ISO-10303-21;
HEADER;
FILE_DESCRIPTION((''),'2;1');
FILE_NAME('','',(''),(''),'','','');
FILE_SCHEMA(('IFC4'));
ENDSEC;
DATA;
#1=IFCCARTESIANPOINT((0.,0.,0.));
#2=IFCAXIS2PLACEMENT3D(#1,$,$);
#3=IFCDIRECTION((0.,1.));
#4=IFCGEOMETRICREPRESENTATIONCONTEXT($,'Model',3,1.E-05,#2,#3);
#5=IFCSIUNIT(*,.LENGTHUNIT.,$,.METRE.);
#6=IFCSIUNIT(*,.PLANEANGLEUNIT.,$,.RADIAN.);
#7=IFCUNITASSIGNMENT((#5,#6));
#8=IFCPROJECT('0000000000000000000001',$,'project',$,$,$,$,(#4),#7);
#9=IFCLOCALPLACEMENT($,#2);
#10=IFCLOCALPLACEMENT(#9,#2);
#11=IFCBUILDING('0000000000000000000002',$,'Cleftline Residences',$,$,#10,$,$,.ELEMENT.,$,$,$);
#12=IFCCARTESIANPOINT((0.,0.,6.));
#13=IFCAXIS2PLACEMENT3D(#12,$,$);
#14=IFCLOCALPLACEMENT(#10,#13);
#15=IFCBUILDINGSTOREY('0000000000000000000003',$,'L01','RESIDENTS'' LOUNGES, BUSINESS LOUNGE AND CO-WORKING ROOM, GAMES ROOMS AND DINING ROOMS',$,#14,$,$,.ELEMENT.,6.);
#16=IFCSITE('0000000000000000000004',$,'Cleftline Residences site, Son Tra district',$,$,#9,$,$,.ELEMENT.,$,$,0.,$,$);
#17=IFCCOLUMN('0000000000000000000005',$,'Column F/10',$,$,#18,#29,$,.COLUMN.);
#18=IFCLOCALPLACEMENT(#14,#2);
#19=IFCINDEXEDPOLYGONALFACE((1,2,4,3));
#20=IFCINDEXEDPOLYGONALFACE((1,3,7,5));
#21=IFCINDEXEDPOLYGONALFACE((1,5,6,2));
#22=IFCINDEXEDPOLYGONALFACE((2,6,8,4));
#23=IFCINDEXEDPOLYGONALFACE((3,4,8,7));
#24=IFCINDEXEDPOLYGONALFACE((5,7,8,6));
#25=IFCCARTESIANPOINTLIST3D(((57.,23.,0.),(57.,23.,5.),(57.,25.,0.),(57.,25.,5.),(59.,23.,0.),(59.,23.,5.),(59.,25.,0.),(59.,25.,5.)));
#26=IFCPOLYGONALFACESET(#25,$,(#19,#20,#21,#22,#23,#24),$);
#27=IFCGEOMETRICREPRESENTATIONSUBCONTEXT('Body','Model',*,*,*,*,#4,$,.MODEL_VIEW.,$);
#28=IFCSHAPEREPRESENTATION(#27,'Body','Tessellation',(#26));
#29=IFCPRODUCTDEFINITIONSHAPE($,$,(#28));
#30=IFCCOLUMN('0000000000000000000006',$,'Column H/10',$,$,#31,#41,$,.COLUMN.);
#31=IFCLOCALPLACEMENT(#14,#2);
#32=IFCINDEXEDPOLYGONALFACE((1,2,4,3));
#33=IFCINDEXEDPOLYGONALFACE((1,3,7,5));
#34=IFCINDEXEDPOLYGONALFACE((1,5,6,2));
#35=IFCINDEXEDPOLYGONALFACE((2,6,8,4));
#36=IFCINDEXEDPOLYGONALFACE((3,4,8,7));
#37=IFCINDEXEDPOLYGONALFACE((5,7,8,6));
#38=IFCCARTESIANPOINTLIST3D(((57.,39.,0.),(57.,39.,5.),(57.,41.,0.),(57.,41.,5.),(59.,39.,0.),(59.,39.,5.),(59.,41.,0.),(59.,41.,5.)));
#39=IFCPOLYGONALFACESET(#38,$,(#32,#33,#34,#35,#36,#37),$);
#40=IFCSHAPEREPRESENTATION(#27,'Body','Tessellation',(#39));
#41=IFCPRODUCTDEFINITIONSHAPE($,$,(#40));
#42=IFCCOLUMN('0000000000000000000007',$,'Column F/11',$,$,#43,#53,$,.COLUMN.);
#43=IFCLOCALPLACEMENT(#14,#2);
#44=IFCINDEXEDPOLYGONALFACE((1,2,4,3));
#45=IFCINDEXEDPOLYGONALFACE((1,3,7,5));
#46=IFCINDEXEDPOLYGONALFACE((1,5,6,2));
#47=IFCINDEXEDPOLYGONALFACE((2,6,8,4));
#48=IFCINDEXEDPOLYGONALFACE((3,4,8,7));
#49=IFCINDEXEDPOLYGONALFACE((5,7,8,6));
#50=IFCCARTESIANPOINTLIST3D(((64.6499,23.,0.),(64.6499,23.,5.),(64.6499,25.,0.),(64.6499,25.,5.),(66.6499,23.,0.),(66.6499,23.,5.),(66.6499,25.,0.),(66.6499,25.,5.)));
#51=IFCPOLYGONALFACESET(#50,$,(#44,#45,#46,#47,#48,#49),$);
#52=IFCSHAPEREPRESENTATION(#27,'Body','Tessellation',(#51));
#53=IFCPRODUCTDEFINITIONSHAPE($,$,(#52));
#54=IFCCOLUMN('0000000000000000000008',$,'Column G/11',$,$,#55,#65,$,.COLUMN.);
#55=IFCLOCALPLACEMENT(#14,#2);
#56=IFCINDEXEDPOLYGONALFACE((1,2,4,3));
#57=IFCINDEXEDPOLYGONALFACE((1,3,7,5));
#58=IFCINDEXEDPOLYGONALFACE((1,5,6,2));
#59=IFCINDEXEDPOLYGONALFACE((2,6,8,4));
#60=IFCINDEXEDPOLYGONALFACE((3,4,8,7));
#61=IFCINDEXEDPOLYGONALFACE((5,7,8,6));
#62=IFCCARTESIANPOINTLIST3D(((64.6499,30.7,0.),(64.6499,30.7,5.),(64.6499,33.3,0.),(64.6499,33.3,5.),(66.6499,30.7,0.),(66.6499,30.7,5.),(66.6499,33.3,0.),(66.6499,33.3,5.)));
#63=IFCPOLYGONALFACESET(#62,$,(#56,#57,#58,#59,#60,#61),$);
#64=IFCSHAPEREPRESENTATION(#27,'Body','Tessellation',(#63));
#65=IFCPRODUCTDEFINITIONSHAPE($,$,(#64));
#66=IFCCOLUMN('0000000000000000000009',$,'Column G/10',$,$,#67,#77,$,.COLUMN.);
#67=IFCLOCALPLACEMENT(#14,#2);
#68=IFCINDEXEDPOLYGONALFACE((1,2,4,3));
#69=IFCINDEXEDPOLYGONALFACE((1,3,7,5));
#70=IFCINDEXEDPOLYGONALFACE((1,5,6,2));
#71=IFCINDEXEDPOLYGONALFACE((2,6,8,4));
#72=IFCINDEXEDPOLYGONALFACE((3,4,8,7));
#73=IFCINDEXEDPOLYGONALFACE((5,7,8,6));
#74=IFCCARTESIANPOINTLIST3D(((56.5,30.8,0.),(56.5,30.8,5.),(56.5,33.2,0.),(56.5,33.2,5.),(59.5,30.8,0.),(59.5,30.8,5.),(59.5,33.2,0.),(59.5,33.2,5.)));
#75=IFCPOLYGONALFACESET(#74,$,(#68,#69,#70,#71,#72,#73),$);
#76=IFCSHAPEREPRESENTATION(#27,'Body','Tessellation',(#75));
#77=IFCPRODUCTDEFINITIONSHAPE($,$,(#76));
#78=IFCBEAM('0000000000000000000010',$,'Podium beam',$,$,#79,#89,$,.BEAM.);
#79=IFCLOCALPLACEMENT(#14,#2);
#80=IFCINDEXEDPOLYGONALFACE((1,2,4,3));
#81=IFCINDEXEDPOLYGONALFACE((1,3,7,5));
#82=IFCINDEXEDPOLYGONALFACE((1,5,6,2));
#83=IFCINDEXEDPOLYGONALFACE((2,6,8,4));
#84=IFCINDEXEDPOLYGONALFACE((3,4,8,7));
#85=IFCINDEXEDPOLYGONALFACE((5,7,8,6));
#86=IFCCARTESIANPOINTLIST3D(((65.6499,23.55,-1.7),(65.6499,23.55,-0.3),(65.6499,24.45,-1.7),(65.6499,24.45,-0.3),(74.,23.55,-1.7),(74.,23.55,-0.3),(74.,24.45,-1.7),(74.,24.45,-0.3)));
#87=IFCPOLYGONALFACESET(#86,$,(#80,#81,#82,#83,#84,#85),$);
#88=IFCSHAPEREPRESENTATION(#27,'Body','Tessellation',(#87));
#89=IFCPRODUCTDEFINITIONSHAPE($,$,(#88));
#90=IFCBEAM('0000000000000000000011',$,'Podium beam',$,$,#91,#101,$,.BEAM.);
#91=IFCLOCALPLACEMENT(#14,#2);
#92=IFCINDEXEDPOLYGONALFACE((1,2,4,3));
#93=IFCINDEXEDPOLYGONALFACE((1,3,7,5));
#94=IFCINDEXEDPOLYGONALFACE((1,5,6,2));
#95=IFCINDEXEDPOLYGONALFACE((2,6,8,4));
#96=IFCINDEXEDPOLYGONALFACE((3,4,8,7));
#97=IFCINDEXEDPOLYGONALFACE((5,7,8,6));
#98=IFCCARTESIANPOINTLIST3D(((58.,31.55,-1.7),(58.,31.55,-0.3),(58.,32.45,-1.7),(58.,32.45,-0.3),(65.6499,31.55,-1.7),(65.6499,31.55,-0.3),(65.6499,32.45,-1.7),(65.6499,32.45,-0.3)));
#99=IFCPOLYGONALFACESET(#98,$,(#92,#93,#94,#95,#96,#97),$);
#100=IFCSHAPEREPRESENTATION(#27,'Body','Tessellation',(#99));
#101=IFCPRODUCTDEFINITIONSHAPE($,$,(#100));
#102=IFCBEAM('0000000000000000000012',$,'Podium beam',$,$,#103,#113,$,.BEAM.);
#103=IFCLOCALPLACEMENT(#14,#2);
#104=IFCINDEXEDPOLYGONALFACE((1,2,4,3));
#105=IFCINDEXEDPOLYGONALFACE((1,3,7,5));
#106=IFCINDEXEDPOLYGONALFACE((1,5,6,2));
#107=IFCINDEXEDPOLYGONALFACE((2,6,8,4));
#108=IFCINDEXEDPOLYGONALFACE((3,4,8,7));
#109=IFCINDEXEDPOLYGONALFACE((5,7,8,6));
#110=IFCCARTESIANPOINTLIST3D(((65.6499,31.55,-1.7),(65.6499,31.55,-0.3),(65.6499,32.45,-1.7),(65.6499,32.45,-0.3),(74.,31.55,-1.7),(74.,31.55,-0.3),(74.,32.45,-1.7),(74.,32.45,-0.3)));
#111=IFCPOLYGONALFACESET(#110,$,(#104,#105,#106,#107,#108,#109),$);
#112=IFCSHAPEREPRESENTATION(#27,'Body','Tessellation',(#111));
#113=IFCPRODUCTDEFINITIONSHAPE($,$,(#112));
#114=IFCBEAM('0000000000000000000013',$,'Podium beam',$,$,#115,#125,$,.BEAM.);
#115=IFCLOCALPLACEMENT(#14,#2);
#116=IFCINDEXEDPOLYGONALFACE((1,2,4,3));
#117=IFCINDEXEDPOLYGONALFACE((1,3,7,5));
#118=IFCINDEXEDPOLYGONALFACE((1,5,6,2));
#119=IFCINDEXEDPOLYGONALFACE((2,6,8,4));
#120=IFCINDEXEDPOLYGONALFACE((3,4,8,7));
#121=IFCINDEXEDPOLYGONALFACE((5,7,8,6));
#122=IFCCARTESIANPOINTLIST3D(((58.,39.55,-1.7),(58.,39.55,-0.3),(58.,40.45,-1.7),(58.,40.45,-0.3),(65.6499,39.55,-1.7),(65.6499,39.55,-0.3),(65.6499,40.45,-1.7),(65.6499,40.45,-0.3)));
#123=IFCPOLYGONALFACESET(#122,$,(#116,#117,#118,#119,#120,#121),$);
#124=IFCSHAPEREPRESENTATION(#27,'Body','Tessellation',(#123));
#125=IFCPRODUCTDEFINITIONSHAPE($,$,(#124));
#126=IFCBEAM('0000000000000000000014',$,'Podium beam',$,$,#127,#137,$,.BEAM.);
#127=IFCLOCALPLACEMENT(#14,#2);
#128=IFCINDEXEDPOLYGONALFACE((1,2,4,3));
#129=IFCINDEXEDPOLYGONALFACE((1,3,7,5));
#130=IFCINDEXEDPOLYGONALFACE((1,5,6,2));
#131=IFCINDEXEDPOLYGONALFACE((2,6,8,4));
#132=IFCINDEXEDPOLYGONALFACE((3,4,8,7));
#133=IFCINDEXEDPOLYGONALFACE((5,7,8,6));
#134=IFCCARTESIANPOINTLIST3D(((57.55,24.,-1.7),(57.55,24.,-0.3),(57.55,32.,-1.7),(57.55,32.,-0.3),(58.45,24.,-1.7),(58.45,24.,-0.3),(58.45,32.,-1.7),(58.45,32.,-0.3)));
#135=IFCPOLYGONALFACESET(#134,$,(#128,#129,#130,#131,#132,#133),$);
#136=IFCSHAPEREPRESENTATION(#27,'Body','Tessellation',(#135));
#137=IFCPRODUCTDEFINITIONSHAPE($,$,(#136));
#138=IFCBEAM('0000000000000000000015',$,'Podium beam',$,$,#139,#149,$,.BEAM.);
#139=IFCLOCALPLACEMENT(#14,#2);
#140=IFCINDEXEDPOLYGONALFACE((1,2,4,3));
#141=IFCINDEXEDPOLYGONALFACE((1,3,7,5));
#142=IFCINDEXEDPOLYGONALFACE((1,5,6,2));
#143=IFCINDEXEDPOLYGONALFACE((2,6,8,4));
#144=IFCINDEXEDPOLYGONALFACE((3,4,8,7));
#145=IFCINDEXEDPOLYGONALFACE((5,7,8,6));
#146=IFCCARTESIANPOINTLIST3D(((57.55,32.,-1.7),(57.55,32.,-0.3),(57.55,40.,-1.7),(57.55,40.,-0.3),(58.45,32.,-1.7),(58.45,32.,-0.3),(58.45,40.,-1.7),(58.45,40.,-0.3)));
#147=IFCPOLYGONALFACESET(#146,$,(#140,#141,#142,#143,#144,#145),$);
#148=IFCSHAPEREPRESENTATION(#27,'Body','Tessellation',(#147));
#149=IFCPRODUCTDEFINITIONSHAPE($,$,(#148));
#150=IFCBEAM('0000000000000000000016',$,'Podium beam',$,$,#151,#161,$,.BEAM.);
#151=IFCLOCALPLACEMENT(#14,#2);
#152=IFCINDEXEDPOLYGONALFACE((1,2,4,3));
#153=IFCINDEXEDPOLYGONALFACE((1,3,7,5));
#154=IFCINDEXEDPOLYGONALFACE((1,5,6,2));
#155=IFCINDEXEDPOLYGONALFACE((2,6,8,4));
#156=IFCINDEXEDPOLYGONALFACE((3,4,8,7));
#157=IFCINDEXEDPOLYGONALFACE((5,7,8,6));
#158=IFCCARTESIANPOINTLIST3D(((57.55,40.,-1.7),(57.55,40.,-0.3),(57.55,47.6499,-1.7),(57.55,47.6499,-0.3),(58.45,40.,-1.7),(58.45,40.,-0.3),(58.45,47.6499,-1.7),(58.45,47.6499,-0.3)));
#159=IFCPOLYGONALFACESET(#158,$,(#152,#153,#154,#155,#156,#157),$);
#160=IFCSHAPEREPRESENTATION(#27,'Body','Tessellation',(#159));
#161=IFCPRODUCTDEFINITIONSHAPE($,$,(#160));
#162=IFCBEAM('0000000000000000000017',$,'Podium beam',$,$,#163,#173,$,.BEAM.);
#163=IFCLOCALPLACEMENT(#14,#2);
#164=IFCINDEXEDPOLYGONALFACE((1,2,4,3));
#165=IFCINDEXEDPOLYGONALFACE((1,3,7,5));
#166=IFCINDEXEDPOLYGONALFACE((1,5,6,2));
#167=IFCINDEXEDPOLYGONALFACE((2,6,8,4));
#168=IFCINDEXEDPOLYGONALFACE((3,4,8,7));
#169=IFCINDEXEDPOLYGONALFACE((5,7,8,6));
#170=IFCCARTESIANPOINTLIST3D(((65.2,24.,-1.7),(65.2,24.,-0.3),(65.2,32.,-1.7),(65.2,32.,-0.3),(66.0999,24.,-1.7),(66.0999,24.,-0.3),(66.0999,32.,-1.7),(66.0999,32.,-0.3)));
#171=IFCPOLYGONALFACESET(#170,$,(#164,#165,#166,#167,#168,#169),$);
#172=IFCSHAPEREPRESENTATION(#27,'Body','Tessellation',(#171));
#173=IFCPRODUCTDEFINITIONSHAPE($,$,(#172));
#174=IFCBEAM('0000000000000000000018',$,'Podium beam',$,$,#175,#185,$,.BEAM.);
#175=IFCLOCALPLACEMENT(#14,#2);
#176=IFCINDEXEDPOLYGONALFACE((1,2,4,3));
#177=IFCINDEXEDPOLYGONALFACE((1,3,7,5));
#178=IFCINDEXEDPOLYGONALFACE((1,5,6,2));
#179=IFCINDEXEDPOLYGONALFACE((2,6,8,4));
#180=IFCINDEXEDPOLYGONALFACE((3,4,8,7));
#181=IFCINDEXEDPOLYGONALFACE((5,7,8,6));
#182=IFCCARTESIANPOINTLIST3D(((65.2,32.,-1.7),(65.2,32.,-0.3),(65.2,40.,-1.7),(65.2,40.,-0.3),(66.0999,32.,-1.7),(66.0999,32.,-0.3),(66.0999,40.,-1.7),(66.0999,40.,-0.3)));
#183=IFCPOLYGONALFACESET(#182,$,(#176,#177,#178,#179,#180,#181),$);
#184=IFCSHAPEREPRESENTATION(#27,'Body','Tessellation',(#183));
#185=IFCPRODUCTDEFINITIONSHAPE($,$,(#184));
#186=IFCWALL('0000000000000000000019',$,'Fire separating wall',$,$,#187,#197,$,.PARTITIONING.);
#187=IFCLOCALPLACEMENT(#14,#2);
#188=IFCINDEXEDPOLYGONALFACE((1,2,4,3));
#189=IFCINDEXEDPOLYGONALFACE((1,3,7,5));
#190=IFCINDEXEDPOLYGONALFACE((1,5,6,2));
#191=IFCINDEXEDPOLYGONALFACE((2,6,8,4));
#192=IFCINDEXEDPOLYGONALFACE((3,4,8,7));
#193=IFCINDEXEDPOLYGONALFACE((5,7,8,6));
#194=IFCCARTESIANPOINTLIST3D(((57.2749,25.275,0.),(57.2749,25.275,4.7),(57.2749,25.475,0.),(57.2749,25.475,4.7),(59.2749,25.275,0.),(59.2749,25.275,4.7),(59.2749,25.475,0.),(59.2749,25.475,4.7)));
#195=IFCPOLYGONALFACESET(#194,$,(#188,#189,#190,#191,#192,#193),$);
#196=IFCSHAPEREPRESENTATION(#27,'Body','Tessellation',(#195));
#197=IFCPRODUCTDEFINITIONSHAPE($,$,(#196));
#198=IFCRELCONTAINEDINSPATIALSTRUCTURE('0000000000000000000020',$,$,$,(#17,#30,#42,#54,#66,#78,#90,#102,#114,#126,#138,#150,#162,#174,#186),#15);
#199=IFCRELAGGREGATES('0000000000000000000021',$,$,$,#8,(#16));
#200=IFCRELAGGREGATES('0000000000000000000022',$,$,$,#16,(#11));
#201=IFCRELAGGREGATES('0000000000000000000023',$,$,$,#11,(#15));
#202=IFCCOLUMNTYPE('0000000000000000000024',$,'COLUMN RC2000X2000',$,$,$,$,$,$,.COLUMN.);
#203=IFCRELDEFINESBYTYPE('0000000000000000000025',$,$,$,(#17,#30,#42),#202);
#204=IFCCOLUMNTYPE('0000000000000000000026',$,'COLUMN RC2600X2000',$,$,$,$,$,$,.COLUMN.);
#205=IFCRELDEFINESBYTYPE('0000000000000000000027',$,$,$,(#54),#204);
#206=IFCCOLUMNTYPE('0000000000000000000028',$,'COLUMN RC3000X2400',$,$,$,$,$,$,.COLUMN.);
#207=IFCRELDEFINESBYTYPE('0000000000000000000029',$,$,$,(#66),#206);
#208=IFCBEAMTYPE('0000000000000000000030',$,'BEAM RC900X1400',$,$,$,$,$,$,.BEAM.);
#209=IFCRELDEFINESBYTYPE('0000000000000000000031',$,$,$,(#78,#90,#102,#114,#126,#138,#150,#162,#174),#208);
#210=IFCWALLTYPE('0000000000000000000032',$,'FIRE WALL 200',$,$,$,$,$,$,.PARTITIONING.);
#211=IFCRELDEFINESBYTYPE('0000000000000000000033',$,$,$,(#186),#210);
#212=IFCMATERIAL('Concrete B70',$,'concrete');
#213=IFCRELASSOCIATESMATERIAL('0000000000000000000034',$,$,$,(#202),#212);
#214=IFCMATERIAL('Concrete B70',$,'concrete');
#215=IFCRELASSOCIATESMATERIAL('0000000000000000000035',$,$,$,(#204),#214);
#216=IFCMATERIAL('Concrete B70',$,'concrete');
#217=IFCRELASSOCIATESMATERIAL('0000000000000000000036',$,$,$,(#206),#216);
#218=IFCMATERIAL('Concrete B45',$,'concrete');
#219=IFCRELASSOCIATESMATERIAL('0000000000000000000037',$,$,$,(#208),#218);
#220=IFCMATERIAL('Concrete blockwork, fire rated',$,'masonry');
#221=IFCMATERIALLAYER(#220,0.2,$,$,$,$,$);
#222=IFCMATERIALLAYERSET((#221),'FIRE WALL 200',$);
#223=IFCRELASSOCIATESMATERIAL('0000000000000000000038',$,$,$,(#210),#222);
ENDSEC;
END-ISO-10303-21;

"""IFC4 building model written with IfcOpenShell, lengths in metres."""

from ifc_helpers import new_model, si_unit, direction, frame, frame_2d, origin, origin_2d, place, context, subcontext, project, spatial, rectangle, extrude, material, layer, layer_set, material_profile, profile_set, type_object, element, save


model = new_model("IFC4")

# Units and contexts
model_context = context("Model", 3, precision=1e-05, world=origin(), true_north=direction((0.0, 1.0)))
body_context = subcontext(model_context, "Body", "Model", "MODEL_VIEW")
ifc_project = project(units=[si_unit("LENGTHUNIT", "METRE"), si_unit("PLANEANGLEUNIT", "RADIAN")], contexts=[model_context])

# Site, building, storey
site_placement = place(None, origin())
site = spatial("IfcSite", under=ifc_project, at=site_placement, Name="Cleftline Residences site, Son Tra district", CompositionType="ELEMENT", RefElevation=0.0)
building_placement = place(site_placement, origin())
building = spatial("IfcBuilding", under=site, at=building_placement, Name="Cleftline Residences", CompositionType="ELEMENT")
storey_placement = place(building_placement, frame((0.0, 0.0, 6.0)))
storey = spatial("IfcBuildingStorey", under=building, at=storey_placement, Name="L01", Description="RESIDENTS' LOUNGES, BUSINESS LOUNGE AND CO-WORKING ROOM, GAMES ROOMS AND DINING ROOMS", CompositionType="ELEMENT", Elevation=6.0)

# Columns
ifc_material_1 = material(Name="Concrete B70", Category="concrete")
ifc_material_profile_1 = material_profile(ifc_material_1, rectangle(XDim=2.0, YDim=2.0, at=origin_2d()))
ifc_profile_set_1 = profile_set([ifc_material_profile_1], Name="Concrete B70")
column_type_1 = type_object("IfcColumnType", Name="COLUMN RC2000X2000", PredefinedType="COLUMN", material=ifc_profile_set_1)
for number, where, z_axis, x_axis, name in (
    (1, (58.0, 24.0, 0.0), (0.0, 0.0, 1.0), (1.0, 0.0, 0.0), "Column F/10"),
    (2, (58.0, 40.0, 0.0), (0.0, 0.0, 1.0), (1.0, 0.0, 0.0), "Column H/10"),
    (3, (65.6499, 24.0, 0.0), (0.0, 0.0, 1.0), (1.0, 0.0, 0.0), "Column F/11"),
):
    element("IfcColumn", number, at=place(storey_placement, frame(where, z_axis=z_axis, x_axis=x_axis)), inside=storey, type_object=column_type_1, Name=name, PredefinedType="COLUMN", context=body_context, shape_type="SweptSolid", body=[
        extrude(rectangle(XDim=2.0, YDim=2.0, at=origin_2d()), origin(), (0.0, 0.0, 1.0), 5.0),
    ])
ifc_material_2 = material(Name="Concrete B70", Category="concrete")
ifc_material_profile_2 = material_profile(ifc_material_2, rectangle(XDim=2.6001, YDim=2.0, at=origin_2d()))
ifc_profile_set_2 = profile_set([ifc_material_profile_2], Name="Concrete B70")
column_type_2 = type_object("IfcColumnType", Name="COLUMN RC2600X2000", PredefinedType="COLUMN", material=ifc_profile_set_2)
column_1_placement = place(storey_placement, frame((65.6499, 32.0, 0.0), z_axis=(0.0, 0.0, 1.0), x_axis=(0.0, 1.0, 0.0)))
element("IfcColumn", 4, at=column_1_placement, inside=storey, type_object=column_type_2, Name="Column G/11", PredefinedType="COLUMN", context=body_context, shape_type="SweptSolid", body=[
    extrude(rectangle(XDim=2.6001, YDim=2.0, at=origin_2d()), origin(), (0.0, 0.0, 1.0), 5.0),
])
ifc_material_3 = material(Name="Concrete B70", Category="concrete")
ifc_material_profile_3 = material_profile(ifc_material_3, rectangle(XDim=3.0, YDim=2.3999, at=origin_2d()))
ifc_profile_set_3 = profile_set([ifc_material_profile_3], Name="Concrete B70")
column_type_3 = type_object("IfcColumnType", Name="COLUMN RC3000X2400", PredefinedType="COLUMN", material=ifc_profile_set_3)
column_2_placement = place(storey_placement, frame((58.0, 32.0, 0.0), z_axis=(0.0, 0.0, 1.0), x_axis=(1.0, 0.0, 0.0)))
element("IfcColumn", 5, at=column_2_placement, inside=storey, type_object=column_type_3, Name="Column G/10", PredefinedType="COLUMN", context=body_context, shape_type="SweptSolid", body=[
    extrude(rectangle(XDim=3.0, YDim=2.3999, at=origin_2d()), origin(), (0.0, 0.0, 1.0), 5.0),
])

# Beams
ifc_material_4 = material(Name="Concrete B45", Category="concrete")
ifc_material_profile_4 = material_profile(ifc_material_4, rectangle(XDim=0.8999, YDim=1.3999, at=origin_2d()))
ifc_profile_set_4 = profile_set([ifc_material_profile_4], Name="Concrete B45")
beam_type = type_object("IfcBeamType", Name="BEAM RC900X1400", PredefinedType="BEAM", material=ifc_profile_set_4)
beam_1_placement = place(storey_placement, frame((65.6499, 24.0, -1.0), z_axis=(1.0, 0.0, 0.0), x_axis=(0.0, 1.0, 0.0)))
element("IfcBeam", 6, at=beam_1_placement, inside=storey, type_object=beam_type, Name="Podium beam", PredefinedType="BEAM", context=body_context, shape_type="SweptSolid", body=[
    extrude(rectangle(XDim=0.8999, YDim=1.3999, at=origin_2d()), origin(), (0.0, 0.0, 1.0), 8.3501),
])
beam_2_placement = place(storey_placement, frame((58.0, 32.0, -1.0), z_axis=(1.0, 0.0, 0.0), x_axis=(0.0, 1.0, 0.0)))
element("IfcBeam", 7, at=beam_2_placement, inside=storey, type_object=beam_type, Name="Podium beam", PredefinedType="BEAM", context=body_context, shape_type="SweptSolid", body=[
    extrude(rectangle(XDim=0.8999, YDim=1.3999, at=origin_2d()), origin(), (0.0, 0.0, 1.0), 7.6499),
])
beam_3_placement = place(storey_placement, frame((65.6499, 32.0, -1.0), z_axis=(1.0, 0.0, 0.0), x_axis=(0.0, 1.0, 0.0)))
element("IfcBeam", 8, at=beam_3_placement, inside=storey, type_object=beam_type, Name="Podium beam", PredefinedType="BEAM", context=body_context, shape_type="SweptSolid", body=[
    extrude(rectangle(XDim=0.8999, YDim=1.3999, at=origin_2d()), origin(), (0.0, 0.0, 1.0), 8.3501),
])
beam_4_placement = place(storey_placement, frame((58.0, 40.0, -1.0), z_axis=(1.0, 0.0, 0.0), x_axis=(0.0, 1.0, 0.0)))
element("IfcBeam", 9, at=beam_4_placement, inside=storey, type_object=beam_type, Name="Podium beam", PredefinedType="BEAM", context=body_context, shape_type="SweptSolid", body=[
    extrude(rectangle(XDim=0.8999, YDim=1.3999, at=origin_2d()), origin(), (0.0, 0.0, 1.0), 7.6499),
])
for number, where, z_axis, x_axis, name in (
    (10, (58.0, 24.0, -1.0), (0.0, 1.0, 0.0), (-1.0, 0.0, 0.0), "Podium beam"),
    (11, (58.0, 32.0, -1.0), (0.0, 1.0, 0.0), (-1.0, 0.0, 0.0), "Podium beam"),
):
    element("IfcBeam", number, at=place(storey_placement, frame(where, z_axis=z_axis, x_axis=x_axis)), inside=storey, type_object=beam_type, Name=name, PredefinedType="BEAM", context=body_context, shape_type="SweptSolid", body=[
        extrude(rectangle(XDim=0.8999, YDim=1.3999, at=origin_2d()), origin(), (0.0, 0.0, 1.0), 8.0),
    ])
beam_5_placement = place(storey_placement, frame((58.0, 40.0, -1.0), z_axis=(0.0, 1.0, 0.0), x_axis=(-1.0, 0.0, 0.0)))
element("IfcBeam", 12, at=beam_5_placement, inside=storey, type_object=beam_type, Name="Podium beam", PredefinedType="BEAM", context=body_context, shape_type="SweptSolid", body=[
    extrude(rectangle(XDim=0.8999, YDim=1.3999, at=origin_2d()), origin(), (0.0, 0.0, 1.0), 7.6499),
])
for number, where, z_axis, x_axis, name in (
    (13, (65.6499, 24.0, -1.0), (0.0, 1.0, 0.0), (-1.0, 0.0, 0.0), "Podium beam"),
    (14, (65.6499, 32.0, -1.0), (0.0, 1.0, 0.0), (-1.0, 0.0, 0.0), "Podium beam"),
):
    element("IfcBeam", number, at=place(storey_placement, frame(where, z_axis=z_axis, x_axis=x_axis)), inside=storey, type_object=beam_type, Name=name, PredefinedType="BEAM", context=body_context, shape_type="SweptSolid", body=[
        extrude(rectangle(XDim=0.8999, YDim=1.3999, at=origin_2d()), origin(), (0.0, 0.0, 1.0), 8.0),
    ])

# Wall
ifc_material_5 = material(Name="Concrete blockwork, fire rated", Category="masonry")
ifc_layer_1 = layer(ifc_material_5, 0.2)
ifc_layer_set_1 = layer_set([ifc_layer_1], Name="FIRE WALL 200")
wall_type_1 = type_object("IfcWallType", Name="FIRE WALL 200", PredefinedType="PARTITIONING", material=ifc_layer_set_1)
for number, where, z_axis, x_axis, name in (
    (15, (57.2749, 25.375, 0.0), (0.0, 0.0, 1.0), (1.0, 0.0, 0.0), "Fire separating wall"),
):
    element("IfcWall", number, at=place(storey_placement, frame(where, z_axis=z_axis, x_axis=x_axis)), inside=storey, type_object=wall_type_1, Name=name, PredefinedType="PARTITIONING", context=body_context, shape_type="SweptSolid", body=[
        extrude(rectangle(XDim=2.0, YDim=0.2, at=frame_2d((1.0, 0.0))), origin(), (0.0, 0.0, 1.0), 4.7),
    ])

save(model, "model.ifc")
